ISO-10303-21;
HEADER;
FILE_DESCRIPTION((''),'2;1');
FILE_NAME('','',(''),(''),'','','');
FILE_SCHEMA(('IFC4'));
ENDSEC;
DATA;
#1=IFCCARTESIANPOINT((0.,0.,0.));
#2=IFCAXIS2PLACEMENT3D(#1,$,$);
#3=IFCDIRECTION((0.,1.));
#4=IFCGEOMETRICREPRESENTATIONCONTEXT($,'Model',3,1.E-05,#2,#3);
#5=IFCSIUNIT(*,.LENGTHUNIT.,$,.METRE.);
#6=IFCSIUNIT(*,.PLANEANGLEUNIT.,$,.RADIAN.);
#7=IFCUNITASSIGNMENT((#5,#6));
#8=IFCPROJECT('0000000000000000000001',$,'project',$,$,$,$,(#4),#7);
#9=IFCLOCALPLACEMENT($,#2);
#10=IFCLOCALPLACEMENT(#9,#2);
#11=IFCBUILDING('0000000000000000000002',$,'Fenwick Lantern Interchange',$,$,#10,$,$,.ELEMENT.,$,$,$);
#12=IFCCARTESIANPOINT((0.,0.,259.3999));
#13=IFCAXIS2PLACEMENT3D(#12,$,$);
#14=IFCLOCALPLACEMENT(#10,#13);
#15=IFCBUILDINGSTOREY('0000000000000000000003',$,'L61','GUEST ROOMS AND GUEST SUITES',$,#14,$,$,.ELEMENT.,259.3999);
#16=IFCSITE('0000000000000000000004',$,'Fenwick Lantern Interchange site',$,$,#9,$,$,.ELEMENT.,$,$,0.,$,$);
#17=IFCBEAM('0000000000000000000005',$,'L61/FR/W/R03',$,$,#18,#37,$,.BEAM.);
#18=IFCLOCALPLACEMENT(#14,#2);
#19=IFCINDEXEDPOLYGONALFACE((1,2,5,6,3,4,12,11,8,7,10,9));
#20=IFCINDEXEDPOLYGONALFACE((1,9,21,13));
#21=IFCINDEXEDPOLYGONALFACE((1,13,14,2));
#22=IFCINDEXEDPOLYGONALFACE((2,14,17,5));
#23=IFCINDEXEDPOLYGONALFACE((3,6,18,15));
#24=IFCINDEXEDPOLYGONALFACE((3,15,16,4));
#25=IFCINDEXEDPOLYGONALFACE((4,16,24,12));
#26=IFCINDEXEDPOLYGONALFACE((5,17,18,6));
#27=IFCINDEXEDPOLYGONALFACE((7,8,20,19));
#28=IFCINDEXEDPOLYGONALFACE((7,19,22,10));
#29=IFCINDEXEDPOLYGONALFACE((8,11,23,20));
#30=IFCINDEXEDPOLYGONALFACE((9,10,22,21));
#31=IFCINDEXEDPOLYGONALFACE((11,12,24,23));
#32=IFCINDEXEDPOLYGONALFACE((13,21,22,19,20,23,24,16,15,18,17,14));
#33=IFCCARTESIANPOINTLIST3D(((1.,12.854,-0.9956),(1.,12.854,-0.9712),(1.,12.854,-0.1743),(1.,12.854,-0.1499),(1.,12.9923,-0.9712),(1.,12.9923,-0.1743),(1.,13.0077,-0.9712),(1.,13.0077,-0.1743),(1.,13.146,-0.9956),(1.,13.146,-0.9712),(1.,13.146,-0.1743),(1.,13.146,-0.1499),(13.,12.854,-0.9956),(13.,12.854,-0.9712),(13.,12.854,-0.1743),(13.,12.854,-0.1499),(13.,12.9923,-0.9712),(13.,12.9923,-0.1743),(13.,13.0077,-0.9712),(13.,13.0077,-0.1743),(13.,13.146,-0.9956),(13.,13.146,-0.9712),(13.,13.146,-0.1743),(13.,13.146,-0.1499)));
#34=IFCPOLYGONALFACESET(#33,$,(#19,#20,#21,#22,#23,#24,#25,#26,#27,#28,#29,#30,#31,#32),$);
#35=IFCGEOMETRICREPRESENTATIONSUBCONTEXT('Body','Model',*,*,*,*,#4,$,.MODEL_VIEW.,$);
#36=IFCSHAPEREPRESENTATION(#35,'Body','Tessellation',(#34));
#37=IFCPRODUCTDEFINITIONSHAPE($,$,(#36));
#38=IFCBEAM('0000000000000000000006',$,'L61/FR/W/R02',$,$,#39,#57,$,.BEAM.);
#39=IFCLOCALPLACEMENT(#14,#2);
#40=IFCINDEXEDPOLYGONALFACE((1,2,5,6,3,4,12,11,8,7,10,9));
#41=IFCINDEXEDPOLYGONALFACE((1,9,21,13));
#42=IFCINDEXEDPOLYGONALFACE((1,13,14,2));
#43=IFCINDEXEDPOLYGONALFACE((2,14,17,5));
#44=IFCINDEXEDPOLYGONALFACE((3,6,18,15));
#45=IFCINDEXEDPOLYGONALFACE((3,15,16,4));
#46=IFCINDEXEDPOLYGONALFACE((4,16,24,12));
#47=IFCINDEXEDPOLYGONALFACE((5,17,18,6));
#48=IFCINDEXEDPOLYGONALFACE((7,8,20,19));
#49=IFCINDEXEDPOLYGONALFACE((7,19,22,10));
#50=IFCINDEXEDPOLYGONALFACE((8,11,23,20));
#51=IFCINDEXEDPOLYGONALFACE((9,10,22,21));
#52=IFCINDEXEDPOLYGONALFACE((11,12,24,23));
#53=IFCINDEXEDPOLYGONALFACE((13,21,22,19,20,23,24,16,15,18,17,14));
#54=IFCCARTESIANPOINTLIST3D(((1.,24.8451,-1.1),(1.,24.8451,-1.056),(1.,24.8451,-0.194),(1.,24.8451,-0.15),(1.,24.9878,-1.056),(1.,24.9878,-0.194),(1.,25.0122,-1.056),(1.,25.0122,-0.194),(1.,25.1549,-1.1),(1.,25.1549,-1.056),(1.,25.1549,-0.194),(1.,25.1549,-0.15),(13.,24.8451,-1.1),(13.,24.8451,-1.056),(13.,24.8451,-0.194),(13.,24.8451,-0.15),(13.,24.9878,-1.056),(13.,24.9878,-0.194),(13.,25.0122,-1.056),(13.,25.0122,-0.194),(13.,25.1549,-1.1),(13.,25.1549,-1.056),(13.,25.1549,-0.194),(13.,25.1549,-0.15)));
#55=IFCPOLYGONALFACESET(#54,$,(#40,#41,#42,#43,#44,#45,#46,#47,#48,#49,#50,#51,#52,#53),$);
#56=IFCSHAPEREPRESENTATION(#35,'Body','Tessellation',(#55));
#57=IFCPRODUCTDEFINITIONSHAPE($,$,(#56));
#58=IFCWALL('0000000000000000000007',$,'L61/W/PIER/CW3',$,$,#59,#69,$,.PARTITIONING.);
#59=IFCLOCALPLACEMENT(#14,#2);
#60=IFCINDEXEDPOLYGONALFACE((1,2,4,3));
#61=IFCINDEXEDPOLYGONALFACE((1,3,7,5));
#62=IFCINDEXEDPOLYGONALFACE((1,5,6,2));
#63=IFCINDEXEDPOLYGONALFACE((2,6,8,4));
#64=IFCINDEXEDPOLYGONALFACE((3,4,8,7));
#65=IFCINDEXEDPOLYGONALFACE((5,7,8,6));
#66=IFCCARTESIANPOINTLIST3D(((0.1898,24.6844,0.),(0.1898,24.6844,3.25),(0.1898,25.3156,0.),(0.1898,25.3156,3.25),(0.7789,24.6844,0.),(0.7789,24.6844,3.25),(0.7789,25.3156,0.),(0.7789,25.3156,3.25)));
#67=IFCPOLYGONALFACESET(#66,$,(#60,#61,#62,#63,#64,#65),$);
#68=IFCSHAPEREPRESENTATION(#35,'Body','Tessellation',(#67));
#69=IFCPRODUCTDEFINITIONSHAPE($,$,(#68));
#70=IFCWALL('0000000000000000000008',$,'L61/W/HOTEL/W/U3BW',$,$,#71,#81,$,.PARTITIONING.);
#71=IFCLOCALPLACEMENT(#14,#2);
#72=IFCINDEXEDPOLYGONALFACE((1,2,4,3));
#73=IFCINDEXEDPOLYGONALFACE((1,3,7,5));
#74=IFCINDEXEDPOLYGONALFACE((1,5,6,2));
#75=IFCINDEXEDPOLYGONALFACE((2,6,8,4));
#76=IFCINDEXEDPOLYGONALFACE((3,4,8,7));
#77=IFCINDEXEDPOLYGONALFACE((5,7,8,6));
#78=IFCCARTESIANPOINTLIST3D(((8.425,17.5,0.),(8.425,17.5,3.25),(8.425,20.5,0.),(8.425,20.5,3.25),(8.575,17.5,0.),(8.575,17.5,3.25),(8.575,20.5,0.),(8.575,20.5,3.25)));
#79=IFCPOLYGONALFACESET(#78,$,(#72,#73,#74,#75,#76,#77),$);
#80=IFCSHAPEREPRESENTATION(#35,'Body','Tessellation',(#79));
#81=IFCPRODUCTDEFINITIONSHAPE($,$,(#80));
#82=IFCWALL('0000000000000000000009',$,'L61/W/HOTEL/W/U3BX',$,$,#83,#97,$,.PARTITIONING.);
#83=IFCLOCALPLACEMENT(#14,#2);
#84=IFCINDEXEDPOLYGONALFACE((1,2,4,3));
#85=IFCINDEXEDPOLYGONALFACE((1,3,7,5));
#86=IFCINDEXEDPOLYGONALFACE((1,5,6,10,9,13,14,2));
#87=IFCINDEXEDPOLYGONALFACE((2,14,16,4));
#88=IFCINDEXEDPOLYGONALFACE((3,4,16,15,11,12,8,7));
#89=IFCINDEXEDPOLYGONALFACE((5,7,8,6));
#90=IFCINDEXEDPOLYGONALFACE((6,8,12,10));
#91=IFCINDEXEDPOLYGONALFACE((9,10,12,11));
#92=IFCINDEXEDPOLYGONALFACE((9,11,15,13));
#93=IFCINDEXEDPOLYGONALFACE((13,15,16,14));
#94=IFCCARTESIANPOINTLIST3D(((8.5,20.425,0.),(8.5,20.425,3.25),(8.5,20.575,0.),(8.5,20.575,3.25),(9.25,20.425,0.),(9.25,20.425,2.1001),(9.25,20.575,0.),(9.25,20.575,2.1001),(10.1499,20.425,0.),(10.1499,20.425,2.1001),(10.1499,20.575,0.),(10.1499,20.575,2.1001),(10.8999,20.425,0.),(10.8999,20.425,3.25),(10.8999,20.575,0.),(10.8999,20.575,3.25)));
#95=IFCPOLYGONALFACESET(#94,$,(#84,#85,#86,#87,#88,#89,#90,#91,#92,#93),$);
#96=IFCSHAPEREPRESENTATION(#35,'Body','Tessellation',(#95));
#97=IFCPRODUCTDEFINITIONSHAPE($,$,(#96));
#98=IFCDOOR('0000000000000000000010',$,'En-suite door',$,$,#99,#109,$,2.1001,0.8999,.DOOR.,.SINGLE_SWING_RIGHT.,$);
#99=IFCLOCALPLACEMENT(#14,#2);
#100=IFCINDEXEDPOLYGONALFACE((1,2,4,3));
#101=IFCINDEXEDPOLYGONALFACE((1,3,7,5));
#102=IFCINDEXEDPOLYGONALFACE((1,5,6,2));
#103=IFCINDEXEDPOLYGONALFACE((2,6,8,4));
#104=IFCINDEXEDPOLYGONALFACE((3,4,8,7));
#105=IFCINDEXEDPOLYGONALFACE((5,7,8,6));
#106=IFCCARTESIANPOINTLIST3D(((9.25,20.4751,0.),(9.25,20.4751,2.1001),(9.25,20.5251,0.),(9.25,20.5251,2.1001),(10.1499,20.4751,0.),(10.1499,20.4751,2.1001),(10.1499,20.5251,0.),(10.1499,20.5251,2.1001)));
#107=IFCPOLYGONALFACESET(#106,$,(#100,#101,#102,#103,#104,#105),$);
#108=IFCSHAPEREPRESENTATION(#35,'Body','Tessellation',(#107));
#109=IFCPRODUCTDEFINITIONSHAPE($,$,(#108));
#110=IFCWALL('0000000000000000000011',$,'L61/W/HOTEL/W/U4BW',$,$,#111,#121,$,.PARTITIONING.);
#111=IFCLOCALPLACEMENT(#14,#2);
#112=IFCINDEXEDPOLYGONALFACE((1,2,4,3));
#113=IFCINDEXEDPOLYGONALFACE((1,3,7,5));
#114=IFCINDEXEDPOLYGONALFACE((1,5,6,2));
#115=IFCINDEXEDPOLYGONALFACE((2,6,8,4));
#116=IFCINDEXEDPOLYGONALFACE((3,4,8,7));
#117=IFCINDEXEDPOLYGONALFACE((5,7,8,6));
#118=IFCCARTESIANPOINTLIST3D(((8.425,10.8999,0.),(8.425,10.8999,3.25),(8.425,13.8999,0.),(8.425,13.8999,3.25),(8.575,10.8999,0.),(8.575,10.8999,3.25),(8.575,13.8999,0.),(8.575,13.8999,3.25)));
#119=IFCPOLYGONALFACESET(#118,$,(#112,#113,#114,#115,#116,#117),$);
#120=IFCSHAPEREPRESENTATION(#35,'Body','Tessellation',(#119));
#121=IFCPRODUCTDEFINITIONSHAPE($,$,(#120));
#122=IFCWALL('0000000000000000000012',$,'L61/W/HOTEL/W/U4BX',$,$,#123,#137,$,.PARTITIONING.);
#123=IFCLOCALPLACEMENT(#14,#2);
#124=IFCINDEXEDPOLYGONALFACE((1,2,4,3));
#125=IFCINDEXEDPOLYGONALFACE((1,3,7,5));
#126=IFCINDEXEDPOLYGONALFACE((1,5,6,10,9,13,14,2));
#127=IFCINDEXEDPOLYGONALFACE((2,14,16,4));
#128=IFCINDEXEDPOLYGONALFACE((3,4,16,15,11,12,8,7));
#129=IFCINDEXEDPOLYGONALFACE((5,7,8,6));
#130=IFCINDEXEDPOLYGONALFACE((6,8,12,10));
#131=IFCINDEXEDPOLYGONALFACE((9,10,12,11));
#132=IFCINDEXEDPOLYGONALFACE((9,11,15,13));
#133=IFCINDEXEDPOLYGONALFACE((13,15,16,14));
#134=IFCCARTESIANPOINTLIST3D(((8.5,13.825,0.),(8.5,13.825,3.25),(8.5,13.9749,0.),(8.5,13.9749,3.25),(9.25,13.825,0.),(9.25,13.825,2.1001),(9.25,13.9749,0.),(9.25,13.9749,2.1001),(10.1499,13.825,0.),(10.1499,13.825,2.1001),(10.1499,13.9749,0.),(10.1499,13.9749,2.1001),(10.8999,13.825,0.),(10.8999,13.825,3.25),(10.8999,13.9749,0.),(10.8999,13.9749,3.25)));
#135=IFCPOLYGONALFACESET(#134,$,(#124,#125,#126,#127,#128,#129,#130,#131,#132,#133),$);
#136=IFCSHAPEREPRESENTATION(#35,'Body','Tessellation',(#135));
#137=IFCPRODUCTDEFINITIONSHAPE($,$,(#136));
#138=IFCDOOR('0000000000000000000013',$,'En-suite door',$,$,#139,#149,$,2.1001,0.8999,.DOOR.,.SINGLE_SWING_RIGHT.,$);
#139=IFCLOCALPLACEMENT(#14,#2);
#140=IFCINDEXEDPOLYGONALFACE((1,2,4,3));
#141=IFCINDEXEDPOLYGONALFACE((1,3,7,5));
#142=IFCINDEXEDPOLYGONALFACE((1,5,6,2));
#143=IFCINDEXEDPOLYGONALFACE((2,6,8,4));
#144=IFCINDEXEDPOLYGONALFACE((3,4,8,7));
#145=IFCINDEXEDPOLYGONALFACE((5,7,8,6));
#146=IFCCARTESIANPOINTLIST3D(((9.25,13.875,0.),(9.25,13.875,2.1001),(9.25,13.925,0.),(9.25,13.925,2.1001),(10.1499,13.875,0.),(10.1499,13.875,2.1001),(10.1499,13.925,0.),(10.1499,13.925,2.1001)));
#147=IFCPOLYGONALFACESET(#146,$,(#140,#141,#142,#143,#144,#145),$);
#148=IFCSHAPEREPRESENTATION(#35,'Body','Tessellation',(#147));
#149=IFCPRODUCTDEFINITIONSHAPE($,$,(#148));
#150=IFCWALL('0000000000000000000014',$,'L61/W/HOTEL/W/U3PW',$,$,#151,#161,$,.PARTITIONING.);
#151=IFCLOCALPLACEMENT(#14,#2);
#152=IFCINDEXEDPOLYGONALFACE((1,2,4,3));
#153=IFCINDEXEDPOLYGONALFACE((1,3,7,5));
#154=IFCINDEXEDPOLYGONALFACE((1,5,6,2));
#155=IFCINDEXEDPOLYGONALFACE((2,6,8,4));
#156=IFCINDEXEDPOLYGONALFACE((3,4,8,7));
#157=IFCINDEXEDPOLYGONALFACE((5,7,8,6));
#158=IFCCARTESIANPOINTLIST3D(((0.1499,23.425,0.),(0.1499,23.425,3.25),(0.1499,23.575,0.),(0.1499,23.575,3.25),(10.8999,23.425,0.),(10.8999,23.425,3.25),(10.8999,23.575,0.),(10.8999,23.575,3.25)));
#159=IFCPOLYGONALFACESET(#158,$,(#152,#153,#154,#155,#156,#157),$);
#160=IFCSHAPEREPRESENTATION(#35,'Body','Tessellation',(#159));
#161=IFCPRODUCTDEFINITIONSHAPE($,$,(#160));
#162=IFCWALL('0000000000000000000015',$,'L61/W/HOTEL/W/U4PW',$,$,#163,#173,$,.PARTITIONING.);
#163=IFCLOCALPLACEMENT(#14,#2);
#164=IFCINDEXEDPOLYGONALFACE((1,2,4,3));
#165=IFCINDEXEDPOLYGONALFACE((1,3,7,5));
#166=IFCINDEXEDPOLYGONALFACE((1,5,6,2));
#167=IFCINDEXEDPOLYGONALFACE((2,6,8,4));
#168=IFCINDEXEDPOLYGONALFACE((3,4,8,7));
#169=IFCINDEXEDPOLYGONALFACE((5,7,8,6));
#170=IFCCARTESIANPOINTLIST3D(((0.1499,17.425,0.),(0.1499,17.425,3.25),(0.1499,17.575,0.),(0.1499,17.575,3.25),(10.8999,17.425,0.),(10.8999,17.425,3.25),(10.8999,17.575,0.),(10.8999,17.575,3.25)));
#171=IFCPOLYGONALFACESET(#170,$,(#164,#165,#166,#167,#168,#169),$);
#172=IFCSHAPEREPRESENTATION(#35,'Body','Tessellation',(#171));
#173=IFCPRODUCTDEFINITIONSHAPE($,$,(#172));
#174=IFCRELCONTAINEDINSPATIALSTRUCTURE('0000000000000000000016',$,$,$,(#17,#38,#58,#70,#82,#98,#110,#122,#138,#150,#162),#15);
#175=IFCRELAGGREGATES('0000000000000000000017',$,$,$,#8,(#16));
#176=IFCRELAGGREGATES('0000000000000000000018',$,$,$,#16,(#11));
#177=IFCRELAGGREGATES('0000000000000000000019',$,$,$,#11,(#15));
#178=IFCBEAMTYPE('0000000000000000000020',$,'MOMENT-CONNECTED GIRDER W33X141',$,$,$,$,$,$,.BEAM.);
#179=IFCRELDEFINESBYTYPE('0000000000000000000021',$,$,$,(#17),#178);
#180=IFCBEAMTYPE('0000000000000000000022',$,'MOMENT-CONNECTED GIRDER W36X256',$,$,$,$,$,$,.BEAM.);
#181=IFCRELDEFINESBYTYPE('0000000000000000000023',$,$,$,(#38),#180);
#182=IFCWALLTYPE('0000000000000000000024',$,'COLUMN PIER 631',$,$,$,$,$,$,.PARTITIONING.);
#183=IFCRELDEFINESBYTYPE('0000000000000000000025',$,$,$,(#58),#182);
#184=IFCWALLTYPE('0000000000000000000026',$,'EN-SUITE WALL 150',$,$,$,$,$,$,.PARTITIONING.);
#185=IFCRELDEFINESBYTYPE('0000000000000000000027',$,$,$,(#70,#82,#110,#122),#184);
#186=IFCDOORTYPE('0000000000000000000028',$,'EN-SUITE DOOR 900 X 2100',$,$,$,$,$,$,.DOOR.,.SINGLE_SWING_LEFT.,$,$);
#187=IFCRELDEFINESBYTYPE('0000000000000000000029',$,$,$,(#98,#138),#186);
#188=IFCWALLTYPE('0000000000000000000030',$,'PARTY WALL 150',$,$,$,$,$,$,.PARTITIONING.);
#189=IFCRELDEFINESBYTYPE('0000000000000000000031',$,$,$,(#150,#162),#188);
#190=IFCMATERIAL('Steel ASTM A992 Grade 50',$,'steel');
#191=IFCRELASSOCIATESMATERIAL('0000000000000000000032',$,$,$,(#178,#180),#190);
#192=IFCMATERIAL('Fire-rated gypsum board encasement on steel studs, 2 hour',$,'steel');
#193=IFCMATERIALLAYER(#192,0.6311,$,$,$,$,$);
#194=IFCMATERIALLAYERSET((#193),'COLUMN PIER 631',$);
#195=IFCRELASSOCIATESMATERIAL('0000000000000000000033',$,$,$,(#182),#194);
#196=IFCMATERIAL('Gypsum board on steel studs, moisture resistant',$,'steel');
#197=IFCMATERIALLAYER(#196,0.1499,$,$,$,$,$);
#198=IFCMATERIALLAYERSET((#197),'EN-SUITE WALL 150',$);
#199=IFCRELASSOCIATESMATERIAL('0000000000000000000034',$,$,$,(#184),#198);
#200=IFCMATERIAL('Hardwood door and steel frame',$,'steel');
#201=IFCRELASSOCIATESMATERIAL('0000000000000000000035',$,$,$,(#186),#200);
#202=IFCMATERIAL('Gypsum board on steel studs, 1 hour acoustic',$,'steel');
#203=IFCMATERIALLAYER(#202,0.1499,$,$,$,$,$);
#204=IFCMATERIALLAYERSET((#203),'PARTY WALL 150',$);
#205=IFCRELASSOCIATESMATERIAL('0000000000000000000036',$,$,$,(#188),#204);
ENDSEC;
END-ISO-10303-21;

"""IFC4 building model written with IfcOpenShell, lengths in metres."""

from ifc_helpers import new_model, si_unit, direction, frame, frame_2d, origin, origin_2d, place, context, subcontext, project, spatial, rectangle, i_section, extrude, material, layer, layer_set, material_profile, profile_set, type_object, element, fill, save


model = new_model("IFC4")

# Units and contexts
model_context = context("Model", 3, precision=1e-05, world=origin(), true_north=direction((0.0, 1.0)))
body_context = subcontext(model_context, "Body", "Model", "MODEL_VIEW")
ifc_project = project(units=[si_unit("LENGTHUNIT", "METRE"), si_unit("PLANEANGLEUNIT", "RADIAN")], contexts=[model_context])

# Site, building, storey
site_placement = place(None, origin())
site = spatial("IfcSite", under=ifc_project, at=site_placement, Name="Fenwick Lantern Interchange site", CompositionType="ELEMENT", RefElevation=0.0)
building_placement = place(site_placement, origin())
building = spatial("IfcBuilding", under=site, at=building_placement, Name="Fenwick Lantern Interchange", CompositionType="ELEMENT")
storey_placement = place(building_placement, frame((0.0, 0.0, 259.3999)))
storey = spatial("IfcBuildingStorey", under=building, at=storey_placement, Name="L61", Description="GUEST ROOMS AND GUEST SUITES", CompositionType="ELEMENT", Elevation=259.3999)

# Shared definitions
ifc_material_1 = material(Name="Steel ASTM A992 Grade 50", Category="steel")

# Beams
ifc_material_profile_1 = material_profile(ifc_material_1, i_section(OverallWidth=0.292, OverallDepth=0.8457, WebThickness=0.0154, FlangeThickness=0.0244, at=origin_2d()), Name="W33X141")
ifc_profile_set_1 = profile_set([ifc_material_profile_1], Name="Steel ASTM A992 Grade 50")
beam_type_1 = type_object("IfcBeamType", Name="MOMENT-CONNECTED GIRDER W33X141", PredefinedType="BEAM", material=ifc_profile_set_1)
beam_1_placement = place(storey_placement, frame((1.0, 13.0, -0.5728), z_axis=(1.0, 0.0, 0.0), x_axis=(0.0, 1.0, 0.0)))
element("IfcBeam", 1, at=beam_1_placement, inside=storey, type_object=beam_type_1, Name="L61/FR/W/R03", PredefinedType="BEAM", context=body_context, shape_type="SweptSolid", body=[
    extrude(i_section(OverallWidth=0.292, OverallDepth=0.8457, WebThickness=0.0154, FlangeThickness=0.0244, at=origin_2d()), origin(), (0.0, 0.0, 1.0), 12.0),
])
ifc_material_profile_2 = material_profile(ifc_material_1, i_section(OverallWidth=0.3098, OverallDepth=0.95, WebThickness=0.0244, FlangeThickness=0.0439, at=origin_2d()), Name="W36X256")
ifc_profile_set_2 = profile_set([ifc_material_profile_2], Name="Steel ASTM A992 Grade 50")
beam_type_2 = type_object("IfcBeamType", Name="MOMENT-CONNECTED GIRDER W36X256", PredefinedType="BEAM", material=ifc_profile_set_2)
beam_2_placement = place(storey_placement, frame((1.0, 25.0, -0.625), z_axis=(1.0, 0.0, 0.0), x_axis=(0.0, 1.0, 0.0)))
element("IfcBeam", 2, at=beam_2_placement, inside=storey, type_object=beam_type_2, Name="L61/FR/W/R02", PredefinedType="BEAM", context=body_context, shape_type="SweptSolid", body=[
    extrude(i_section(OverallWidth=0.3098, OverallDepth=0.95, WebThickness=0.0244, FlangeThickness=0.0439, at=origin_2d()), origin(), (0.0, 0.0, 1.0), 12.0),
])

# Walls
ifc_material_2 = material(Name="Fire-rated gypsum board encasement on steel studs, 2 hour", Category="steel")
ifc_layer_1 = layer(ifc_material_2, 0.6311)
ifc_layer_set_1 = layer_set([ifc_layer_1], Name="COLUMN PIER 631")
wall_type_1 = type_object("IfcWallType", Name="COLUMN PIER 631", PredefinedType="PARTITIONING", material=ifc_layer_set_1)
wall_1_placement = place(storey_placement, frame((0.1899, 25.0, 0.0), z_axis=(0.0, 0.0, 1.0), x_axis=(1.0, 0.0, 0.0)))
element("IfcWall", 3, at=wall_1_placement, inside=storey, type_object=wall_type_1, Name="L61/W/PIER/CW3", PredefinedType="PARTITIONING", context=body_context, shape_type="SweptSolid", body=[
    extrude(rectangle(XDim=0.5891, YDim=0.6311, at=frame_2d((0.2944, 0.0))), origin(), (0.0, 0.0, 1.0), 3.25),
])
ifc_material_3 = material(Name="Gypsum board on steel studs, moisture resistant", Category="steel")
ifc_layer_2 = layer(ifc_material_3, 0.1499)
ifc_layer_set_2 = layer_set([ifc_layer_2], Name="EN-SUITE WALL 150")
wall_type_2 = type_object("IfcWallType", Name="EN-SUITE WALL 150", PredefinedType="PARTITIONING", material=ifc_layer_set_2)
wall_2_placement = place(storey_placement, frame((8.5, 20.5, 0.0), z_axis=(0.0, 0.0, 1.0), x_axis=(0.0, -1.0, 0.0)))
element("IfcWall", 4, at=wall_2_placement, inside=storey, type_object=wall_type_2, Name="L61/W/HOTEL/W/U3BW", PredefinedType="PARTITIONING", context=body_context, shape_type="SweptSolid", body=[
    extrude(rectangle(XDim=3.0, YDim=0.1499, at=frame_2d((1.5, 0.0))), origin(), (0.0, 0.0, 1.0), 3.25),
])

# Wall, opening, door
wall_3_placement = place(storey_placement, frame((8.5, 20.5, 0.0), z_axis=(0.0, 0.0, 1.0), x_axis=(1.0, 0.0, 0.0)))
wall_3 = element("IfcWall", 5, at=wall_3_placement, inside=storey, type_object=wall_type_2, Name="L61/W/HOTEL/W/U3BX", PredefinedType="PARTITIONING", context=body_context, shape_type="SweptSolid", body=[
    extrude(rectangle(XDim=2.3999, YDim=0.1499, at=frame_2d((1.2, 0.0))), origin(), (0.0, 0.0, 1.0), 3.25),
])
opening_1_placement = place(wall_3_placement, frame((0.75, 0.0, 0.0)))
opening_1 = element("IfcOpeningElement", 6, at=opening_1_placement, cuts=wall_3, PredefinedType="OPENING", context=body_context, shape_type="SweptSolid", body=[
    extrude(rectangle(XDim=0.8999, YDim=2.1001, at=frame_2d((0.45, 1.05))), frame((0.0, 0.085, 0.0), z_axis=(0.0, -1.0, 0.0), x_axis=(1.0, 0.0, 0.0)), (0.0, 0.0, 1.0), 0.1699),
])
ifc_material_4 = material(Name="Hardwood door and steel frame", Category="steel")
door_type = type_object("IfcDoorType", Name="EN-SUITE DOOR 900 X 2100", OperationType="SINGLE_SWING_LEFT", PredefinedType="DOOR", material=ifc_material_4)
door_1_placement = place(opening_1_placement, frame((0.8999, 0.0, 0.0), z_axis=(0.0, 0.0, 1.0), x_axis=(-1.0, 0.0, 0.0)))
door_1 = element("IfcDoor", 7, at=door_1_placement, inside=storey, type_object=door_type, Name="En-suite door", OperationType="SINGLE_SWING_RIGHT", OverallHeight=2.1001, OverallWidth=0.8999, PredefinedType="DOOR", context=body_context, shape_type="SweptSolid", body=[
    extrude(rectangle(XDim=0.8999, YDim=2.1001, at=frame_2d((0.45, 1.05))), frame((0.0, 0.0249, 0.0), z_axis=(0.0, -1.0, 0.0), x_axis=(1.0, 0.0, 0.0)), (0.0, 0.0, 1.0), 0.05),
])
fill(opening_1, door_1)

# Wall
wall_4_placement = place(storey_placement, frame((8.5, 13.8999, 0.0), z_axis=(0.0, 0.0, 1.0), x_axis=(0.0, -1.0, 0.0)))
element("IfcWall", 8, at=wall_4_placement, inside=storey, type_object=wall_type_2, Name="L61/W/HOTEL/W/U4BW", PredefinedType="PARTITIONING", context=body_context, shape_type="SweptSolid", body=[
    extrude(rectangle(XDim=3.0, YDim=0.1499, at=frame_2d((1.5, 0.0))), origin(), (0.0, 0.0, 1.0), 3.25),
])

# Wall, opening, door
wall_5_placement = place(storey_placement, frame((8.5, 13.8999, 0.0), z_axis=(0.0, 0.0, 1.0), x_axis=(1.0, 0.0, 0.0)))
wall_5 = element("IfcWall", 9, at=wall_5_placement, inside=storey, type_object=wall_type_2, Name="L61/W/HOTEL/W/U4BX", PredefinedType="PARTITIONING", context=body_context, shape_type="SweptSolid", body=[
    extrude(rectangle(XDim=2.3999, YDim=0.1499, at=frame_2d((1.2, 0.0))), origin(), (0.0, 0.0, 1.0), 3.25),
])
opening_2_placement = place(wall_5_placement, frame((0.75, 0.0, 0.0)))
opening_2 = element("IfcOpeningElement", 10, at=opening_2_placement, cuts=wall_5, PredefinedType="OPENING", context=body_context, shape_type="SweptSolid", body=[
    extrude(rectangle(XDim=0.8999, YDim=2.1001, at=frame_2d((0.45, 1.05))), frame((0.0, 0.085, 0.0), z_axis=(0.0, -1.0, 0.0), x_axis=(1.0, 0.0, 0.0)), (0.0, 0.0, 1.0), 0.1699),
])
door_2_placement = place(opening_2_placement, frame((0.8999, 0.0, 0.0), z_axis=(0.0, 0.0, 1.0), x_axis=(-1.0, 0.0, 0.0)))
door_2 = element("IfcDoor", 11, at=door_2_placement, inside=storey, type_object=door_type, Name="En-suite door", OperationType="SINGLE_SWING_RIGHT", OverallHeight=2.1001, OverallWidth=0.8999, PredefinedType="DOOR", context=body_context, shape_type="SweptSolid", body=[
    extrude(rectangle(XDim=0.8999, YDim=2.1001, at=frame_2d((0.45, 1.05))), frame((0.0, 0.0249, 0.0), z_axis=(0.0, -1.0, 0.0), x_axis=(1.0, 0.0, 0.0)), (0.0, 0.0, 1.0), 0.05),
])
fill(opening_2, door_2)

# Walls
ifc_material_5 = material(Name="Gypsum board on steel studs, 1 hour acoustic", Category="steel")
ifc_layer_3 = layer(ifc_material_5, 0.1499)
ifc_layer_set_3 = layer_set([ifc_layer_3], Name="PARTY WALL 150")
wall_type_3 = type_object("IfcWallType", Name="PARTY WALL 150", PredefinedType="PARTITIONING", material=ifc_layer_set_3)
for number, where, z_axis, x_axis, name in (
    (12, (0.1499, 23.5, 0.0), (0.0, 0.0, 1.0), (1.0, 0.0, 0.0), "L61/W/HOTEL/W/U3PW"),
    (13, (0.1499, 17.5, 0.0), (0.0, 0.0, 1.0), (1.0, 0.0, 0.0), "L61/W/HOTEL/W/U4PW"),
):
    element("IfcWall", number, at=place(storey_placement, frame(where, z_axis=z_axis, x_axis=x_axis)), inside=storey, type_object=wall_type_3, Name=name, PredefinedType="PARTITIONING", context=body_context, shape_type="SweptSolid", body=[
        extrude(rectangle(XDim=10.75, YDim=0.1499, at=frame_2d((5.375, 0.0))), origin(), (0.0, 0.0, 1.0), 3.25),
    ])

save(model, "model.ifc")
